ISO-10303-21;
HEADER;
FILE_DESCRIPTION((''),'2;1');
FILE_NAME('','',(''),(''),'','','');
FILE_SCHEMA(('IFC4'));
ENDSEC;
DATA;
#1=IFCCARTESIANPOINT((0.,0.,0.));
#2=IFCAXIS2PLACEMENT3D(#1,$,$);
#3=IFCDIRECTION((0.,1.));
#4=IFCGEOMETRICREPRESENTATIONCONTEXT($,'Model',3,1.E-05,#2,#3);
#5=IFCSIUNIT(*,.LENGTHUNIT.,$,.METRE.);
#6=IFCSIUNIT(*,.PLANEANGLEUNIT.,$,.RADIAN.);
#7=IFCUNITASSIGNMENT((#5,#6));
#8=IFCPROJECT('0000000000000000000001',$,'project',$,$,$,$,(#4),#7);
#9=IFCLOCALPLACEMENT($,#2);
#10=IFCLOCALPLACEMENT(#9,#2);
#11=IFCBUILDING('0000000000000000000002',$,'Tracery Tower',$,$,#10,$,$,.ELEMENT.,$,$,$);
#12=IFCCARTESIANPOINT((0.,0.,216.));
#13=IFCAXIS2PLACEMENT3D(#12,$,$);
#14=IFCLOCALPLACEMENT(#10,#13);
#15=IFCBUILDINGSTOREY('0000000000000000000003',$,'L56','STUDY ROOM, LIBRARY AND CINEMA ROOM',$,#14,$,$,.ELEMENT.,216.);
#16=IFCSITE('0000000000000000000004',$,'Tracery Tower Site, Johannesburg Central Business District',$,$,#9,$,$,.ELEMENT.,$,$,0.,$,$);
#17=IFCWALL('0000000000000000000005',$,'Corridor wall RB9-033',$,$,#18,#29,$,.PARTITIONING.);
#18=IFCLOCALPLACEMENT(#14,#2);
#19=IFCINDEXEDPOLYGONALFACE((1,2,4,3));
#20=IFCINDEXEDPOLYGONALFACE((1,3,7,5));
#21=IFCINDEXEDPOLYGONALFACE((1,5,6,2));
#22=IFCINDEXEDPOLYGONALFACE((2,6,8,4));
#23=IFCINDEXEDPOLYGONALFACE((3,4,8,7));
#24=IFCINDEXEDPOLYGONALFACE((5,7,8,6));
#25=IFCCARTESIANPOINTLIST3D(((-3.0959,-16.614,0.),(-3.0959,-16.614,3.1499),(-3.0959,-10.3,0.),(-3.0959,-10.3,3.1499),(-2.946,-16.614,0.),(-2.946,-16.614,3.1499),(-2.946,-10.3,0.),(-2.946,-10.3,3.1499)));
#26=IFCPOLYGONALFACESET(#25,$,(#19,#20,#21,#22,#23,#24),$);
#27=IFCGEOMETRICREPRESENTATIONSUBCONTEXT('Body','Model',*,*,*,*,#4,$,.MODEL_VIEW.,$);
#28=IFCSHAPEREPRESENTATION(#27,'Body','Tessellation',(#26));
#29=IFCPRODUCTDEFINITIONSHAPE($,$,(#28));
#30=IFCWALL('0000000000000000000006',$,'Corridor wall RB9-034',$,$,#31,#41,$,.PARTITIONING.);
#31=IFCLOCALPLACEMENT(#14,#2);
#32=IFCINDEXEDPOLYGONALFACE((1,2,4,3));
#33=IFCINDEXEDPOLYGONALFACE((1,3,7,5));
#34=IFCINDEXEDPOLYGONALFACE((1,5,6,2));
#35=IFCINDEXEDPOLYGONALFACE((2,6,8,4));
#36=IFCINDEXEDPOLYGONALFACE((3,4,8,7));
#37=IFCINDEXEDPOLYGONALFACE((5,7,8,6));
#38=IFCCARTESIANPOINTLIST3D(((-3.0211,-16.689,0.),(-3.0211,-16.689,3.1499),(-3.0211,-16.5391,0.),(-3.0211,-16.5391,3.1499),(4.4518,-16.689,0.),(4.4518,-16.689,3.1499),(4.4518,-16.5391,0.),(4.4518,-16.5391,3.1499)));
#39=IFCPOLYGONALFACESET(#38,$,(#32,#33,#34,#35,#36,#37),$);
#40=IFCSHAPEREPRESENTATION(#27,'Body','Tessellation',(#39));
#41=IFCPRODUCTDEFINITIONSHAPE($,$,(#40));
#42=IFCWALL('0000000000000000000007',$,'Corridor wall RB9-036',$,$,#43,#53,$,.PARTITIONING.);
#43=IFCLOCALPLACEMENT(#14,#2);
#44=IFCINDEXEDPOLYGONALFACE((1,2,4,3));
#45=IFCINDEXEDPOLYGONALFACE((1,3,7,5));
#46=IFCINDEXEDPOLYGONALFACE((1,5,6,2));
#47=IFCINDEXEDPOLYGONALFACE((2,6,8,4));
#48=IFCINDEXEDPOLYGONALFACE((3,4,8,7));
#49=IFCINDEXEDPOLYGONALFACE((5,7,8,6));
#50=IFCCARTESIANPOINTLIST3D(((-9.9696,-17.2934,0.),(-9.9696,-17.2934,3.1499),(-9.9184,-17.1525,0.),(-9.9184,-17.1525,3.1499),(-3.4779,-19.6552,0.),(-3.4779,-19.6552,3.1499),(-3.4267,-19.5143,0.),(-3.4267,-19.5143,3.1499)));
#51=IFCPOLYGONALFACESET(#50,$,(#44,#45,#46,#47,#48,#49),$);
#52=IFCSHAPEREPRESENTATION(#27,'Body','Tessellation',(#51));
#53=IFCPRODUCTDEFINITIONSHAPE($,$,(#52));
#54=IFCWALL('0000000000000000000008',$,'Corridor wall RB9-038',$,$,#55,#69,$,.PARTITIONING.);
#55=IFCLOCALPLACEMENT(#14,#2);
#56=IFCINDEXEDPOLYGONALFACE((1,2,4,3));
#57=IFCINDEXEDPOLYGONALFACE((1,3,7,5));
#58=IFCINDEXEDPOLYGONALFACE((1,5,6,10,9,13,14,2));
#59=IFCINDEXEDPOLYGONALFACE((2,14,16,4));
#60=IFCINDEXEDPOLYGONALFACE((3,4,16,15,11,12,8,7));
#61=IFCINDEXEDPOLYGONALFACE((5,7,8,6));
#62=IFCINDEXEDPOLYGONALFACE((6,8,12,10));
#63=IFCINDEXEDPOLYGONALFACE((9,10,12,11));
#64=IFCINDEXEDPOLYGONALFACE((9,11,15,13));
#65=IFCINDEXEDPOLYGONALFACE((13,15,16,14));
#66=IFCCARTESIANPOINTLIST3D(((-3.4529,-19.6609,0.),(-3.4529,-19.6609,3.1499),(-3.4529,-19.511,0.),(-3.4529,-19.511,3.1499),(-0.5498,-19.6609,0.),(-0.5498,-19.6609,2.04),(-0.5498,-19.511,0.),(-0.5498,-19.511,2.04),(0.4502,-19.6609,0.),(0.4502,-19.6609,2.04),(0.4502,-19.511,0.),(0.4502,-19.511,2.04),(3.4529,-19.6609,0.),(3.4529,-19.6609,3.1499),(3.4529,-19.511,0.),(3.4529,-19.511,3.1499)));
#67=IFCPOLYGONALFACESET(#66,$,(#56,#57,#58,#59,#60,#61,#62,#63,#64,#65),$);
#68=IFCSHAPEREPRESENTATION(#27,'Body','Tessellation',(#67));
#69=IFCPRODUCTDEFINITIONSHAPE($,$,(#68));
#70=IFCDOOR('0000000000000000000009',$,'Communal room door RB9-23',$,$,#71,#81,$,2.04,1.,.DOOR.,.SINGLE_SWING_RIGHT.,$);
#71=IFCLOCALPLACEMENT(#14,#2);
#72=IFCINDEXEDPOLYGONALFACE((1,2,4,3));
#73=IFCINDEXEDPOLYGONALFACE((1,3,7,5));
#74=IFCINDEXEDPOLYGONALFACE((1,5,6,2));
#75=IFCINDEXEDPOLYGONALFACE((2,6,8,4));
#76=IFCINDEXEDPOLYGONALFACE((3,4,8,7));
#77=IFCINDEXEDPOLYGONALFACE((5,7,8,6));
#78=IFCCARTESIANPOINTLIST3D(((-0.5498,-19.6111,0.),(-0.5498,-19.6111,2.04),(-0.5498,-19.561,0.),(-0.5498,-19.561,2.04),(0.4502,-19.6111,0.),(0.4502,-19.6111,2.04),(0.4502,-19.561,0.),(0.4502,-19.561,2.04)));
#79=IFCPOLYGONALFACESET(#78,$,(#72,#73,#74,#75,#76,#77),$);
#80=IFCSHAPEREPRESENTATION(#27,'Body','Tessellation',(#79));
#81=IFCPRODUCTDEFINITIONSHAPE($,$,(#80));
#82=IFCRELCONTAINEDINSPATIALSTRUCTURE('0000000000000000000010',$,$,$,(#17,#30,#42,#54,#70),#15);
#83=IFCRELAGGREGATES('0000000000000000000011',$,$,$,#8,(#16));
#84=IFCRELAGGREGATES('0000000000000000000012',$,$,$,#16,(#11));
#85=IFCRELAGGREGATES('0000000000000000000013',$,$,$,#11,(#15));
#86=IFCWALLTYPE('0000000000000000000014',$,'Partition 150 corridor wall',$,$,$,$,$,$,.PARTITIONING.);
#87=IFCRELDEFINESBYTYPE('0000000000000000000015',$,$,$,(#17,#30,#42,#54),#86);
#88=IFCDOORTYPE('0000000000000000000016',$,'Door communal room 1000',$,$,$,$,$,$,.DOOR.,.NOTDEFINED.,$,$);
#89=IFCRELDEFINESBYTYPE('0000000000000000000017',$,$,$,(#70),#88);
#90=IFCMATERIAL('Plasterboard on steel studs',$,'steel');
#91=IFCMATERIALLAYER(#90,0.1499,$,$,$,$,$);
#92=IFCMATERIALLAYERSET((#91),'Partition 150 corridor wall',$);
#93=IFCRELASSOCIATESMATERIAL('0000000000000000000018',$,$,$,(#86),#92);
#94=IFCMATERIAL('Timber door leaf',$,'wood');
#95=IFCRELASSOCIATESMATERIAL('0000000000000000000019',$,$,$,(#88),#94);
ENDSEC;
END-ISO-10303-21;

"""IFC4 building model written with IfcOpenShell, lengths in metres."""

from ifc_helpers import new_model, si_unit, direction, frame, frame_2d, origin, place, context, subcontext, project, spatial, rectangle, extrude, material, layer, layer_set, type_object, element, fill, save


model = new_model("IFC4")

# Units and contexts
model_context = context("Model", 3, precision=1e-05, world=origin(), true_north=direction((0.0, 1.0)))
body_context = subcontext(model_context, "Body", "Model", "MODEL_VIEW")
ifc_project = project(units=[si_unit("LENGTHUNIT", "METRE"), si_unit("PLANEANGLEUNIT", "RADIAN")], contexts=[model_context])

# Site, building, storey
site_placement = place(None, origin())
site = spatial("IfcSite", under=ifc_project, at=site_placement, Name="Tracery Tower Site, Johannesburg Central Business District", CompositionType="ELEMENT", RefElevation=0.0)
building_placement = place(site_placement, origin())
building = spatial("IfcBuilding", under=site, at=building_placement, Name="Tracery Tower", CompositionType="ELEMENT")
storey_placement = place(building_placement, frame((0.0, 0.0, 216.0)))
storey = spatial("IfcBuildingStorey", under=building, at=storey_placement, Name="L56", Description="STUDY ROOM, LIBRARY AND CINEMA ROOM", CompositionType="ELEMENT", Elevation=216.0)

# Shared definitions
ifc_material_1 = material(Name="Plasterboard on steel studs", Category="steel")
ifc_layer_1 = layer(ifc_material_1, 0.1499)
ifc_layer_set_1 = layer_set([ifc_layer_1], Name="Partition 150 corridor wall")
wall_type_1 = type_object("IfcWallType", Name="Partition 150 corridor wall", PredefinedType="PARTITIONING", material=ifc_layer_set_1)

# Walls
wall_1_placement = place(storey_placement, frame((-3.021, -16.614, 0.0), z_axis=(0.0, 0.0, 1.0), x_axis=(0.0, 1.0, 0.0)))
element("IfcWall", 1, at=wall_1_placement, inside=storey, type_object=wall_type_1, Name="Corridor wall RB9-033", PredefinedType="PARTITIONING", context=body_context, shape_type="SweptSolid", body=[
    extrude(rectangle(XDim=6.314, YDim=0.1499, at=frame_2d((3.157, 0.0))), origin(), (0.0, 0.0, 1.0), 3.1499),
])
wall_2_placement = place(storey_placement, frame((-3.021, -16.614, 0.0), z_axis=(0.0, 0.0, 1.0), x_axis=(1.0, 0.0, 0.0)))
element("IfcWall", 2, at=wall_2_placement, inside=storey, type_object=wall_type_1, Name="Corridor wall RB9-034", PredefinedType="PARTITIONING", context=body_context, shape_type="SweptSolid", body=[
    extrude(rectangle(XDim=7.4729, YDim=0.1499, at=frame_2d((3.7363, 0.0))), origin(), (0.0, 0.0, 1.0), 3.1499),
])
wall_3_placement = place(storey_placement, frame((-9.9441, -17.2229, 0.0), z_axis=(0.0, 0.0, 1.0), x_axis=(0.939738, -0.341896, 0.0)))
element("IfcWall", 3, at=wall_3_placement, inside=storey, type_object=wall_type_1, Name="Corridor wall RB9-036", PredefinedType="PARTITIONING", context=body_context, shape_type="SweptSolid", body=[
    extrude(rectangle(XDim=6.908, YDim=0.1499, at=frame_2d((3.4541, 0.0))), origin(), (0.0, 0.0, 1.0), 3.1499),
])

# Wall, opening, door
wall_4_placement = place(storey_placement, frame((-3.4529, -19.5859, 0.0), z_axis=(0.0, 0.0, 1.0), x_axis=(1.0, 0.0, 0.0)))
wall_4 = element("IfcWall", 4, at=wall_4_placement, inside=storey, type_object=wall_type_1, Name="Corridor wall RB9-038", PredefinedType="PARTITIONING", context=body_context, shape_type="SweptSolid", body=[
    extrude(rectangle(XDim=6.9058, YDim=0.1499, at=frame_2d((3.4529, 0.0))), origin(), (0.0, 0.0, 1.0), 3.1499),
])
opening_1_placement = place(wall_4_placement, frame((2.9031, 0.0, 0.0)))
opening_1 = element("IfcOpeningElement", 5, at=opening_1_placement, cuts=wall_4, PredefinedType="OPENING", context=body_context, shape_type="SweptSolid", body=[
    extrude(rectangle(XDim=1.0, YDim=2.04, at=frame_2d((0.5, 1.02))), frame((0.0, 0.075, 0.0), z_axis=(0.0, -1.0, 0.0), x_axis=(1.0, 0.0, 0.0)), (0.0, 0.0, 1.0), 0.1499),
])
ifc_material_2 = material(Name="Timber door leaf", Category="wood")
door_type_1 = type_object("IfcDoorType", Name="Door communal room 1000", OperationType="NOTDEFINED", PredefinedType="DOOR", material=ifc_material_2)
door_1_placement = place(opening_1_placement, origin())
door_1 = element("IfcDoor", 6, at=door_1_placement, inside=storey, type_object=door_type_1, Name="Communal room door RB9-23", OperationType="SINGLE_SWING_RIGHT", OverallHeight=2.04, OverallWidth=1.0, PredefinedType="DOOR", context=body_context, shape_type="SweptSolid", body=[
    extrude(rectangle(XDim=1.0, YDim=2.04, at=frame_2d((0.5, 1.02))), frame((0.0, 0.0249, 0.0), z_axis=(0.0, -1.0, 0.0), x_axis=(1.0, 0.0, 0.0)), (0.0, 0.0, 1.0), 0.05),
])
fill(opening_1, door_1)

save(model, "model.ifc")
